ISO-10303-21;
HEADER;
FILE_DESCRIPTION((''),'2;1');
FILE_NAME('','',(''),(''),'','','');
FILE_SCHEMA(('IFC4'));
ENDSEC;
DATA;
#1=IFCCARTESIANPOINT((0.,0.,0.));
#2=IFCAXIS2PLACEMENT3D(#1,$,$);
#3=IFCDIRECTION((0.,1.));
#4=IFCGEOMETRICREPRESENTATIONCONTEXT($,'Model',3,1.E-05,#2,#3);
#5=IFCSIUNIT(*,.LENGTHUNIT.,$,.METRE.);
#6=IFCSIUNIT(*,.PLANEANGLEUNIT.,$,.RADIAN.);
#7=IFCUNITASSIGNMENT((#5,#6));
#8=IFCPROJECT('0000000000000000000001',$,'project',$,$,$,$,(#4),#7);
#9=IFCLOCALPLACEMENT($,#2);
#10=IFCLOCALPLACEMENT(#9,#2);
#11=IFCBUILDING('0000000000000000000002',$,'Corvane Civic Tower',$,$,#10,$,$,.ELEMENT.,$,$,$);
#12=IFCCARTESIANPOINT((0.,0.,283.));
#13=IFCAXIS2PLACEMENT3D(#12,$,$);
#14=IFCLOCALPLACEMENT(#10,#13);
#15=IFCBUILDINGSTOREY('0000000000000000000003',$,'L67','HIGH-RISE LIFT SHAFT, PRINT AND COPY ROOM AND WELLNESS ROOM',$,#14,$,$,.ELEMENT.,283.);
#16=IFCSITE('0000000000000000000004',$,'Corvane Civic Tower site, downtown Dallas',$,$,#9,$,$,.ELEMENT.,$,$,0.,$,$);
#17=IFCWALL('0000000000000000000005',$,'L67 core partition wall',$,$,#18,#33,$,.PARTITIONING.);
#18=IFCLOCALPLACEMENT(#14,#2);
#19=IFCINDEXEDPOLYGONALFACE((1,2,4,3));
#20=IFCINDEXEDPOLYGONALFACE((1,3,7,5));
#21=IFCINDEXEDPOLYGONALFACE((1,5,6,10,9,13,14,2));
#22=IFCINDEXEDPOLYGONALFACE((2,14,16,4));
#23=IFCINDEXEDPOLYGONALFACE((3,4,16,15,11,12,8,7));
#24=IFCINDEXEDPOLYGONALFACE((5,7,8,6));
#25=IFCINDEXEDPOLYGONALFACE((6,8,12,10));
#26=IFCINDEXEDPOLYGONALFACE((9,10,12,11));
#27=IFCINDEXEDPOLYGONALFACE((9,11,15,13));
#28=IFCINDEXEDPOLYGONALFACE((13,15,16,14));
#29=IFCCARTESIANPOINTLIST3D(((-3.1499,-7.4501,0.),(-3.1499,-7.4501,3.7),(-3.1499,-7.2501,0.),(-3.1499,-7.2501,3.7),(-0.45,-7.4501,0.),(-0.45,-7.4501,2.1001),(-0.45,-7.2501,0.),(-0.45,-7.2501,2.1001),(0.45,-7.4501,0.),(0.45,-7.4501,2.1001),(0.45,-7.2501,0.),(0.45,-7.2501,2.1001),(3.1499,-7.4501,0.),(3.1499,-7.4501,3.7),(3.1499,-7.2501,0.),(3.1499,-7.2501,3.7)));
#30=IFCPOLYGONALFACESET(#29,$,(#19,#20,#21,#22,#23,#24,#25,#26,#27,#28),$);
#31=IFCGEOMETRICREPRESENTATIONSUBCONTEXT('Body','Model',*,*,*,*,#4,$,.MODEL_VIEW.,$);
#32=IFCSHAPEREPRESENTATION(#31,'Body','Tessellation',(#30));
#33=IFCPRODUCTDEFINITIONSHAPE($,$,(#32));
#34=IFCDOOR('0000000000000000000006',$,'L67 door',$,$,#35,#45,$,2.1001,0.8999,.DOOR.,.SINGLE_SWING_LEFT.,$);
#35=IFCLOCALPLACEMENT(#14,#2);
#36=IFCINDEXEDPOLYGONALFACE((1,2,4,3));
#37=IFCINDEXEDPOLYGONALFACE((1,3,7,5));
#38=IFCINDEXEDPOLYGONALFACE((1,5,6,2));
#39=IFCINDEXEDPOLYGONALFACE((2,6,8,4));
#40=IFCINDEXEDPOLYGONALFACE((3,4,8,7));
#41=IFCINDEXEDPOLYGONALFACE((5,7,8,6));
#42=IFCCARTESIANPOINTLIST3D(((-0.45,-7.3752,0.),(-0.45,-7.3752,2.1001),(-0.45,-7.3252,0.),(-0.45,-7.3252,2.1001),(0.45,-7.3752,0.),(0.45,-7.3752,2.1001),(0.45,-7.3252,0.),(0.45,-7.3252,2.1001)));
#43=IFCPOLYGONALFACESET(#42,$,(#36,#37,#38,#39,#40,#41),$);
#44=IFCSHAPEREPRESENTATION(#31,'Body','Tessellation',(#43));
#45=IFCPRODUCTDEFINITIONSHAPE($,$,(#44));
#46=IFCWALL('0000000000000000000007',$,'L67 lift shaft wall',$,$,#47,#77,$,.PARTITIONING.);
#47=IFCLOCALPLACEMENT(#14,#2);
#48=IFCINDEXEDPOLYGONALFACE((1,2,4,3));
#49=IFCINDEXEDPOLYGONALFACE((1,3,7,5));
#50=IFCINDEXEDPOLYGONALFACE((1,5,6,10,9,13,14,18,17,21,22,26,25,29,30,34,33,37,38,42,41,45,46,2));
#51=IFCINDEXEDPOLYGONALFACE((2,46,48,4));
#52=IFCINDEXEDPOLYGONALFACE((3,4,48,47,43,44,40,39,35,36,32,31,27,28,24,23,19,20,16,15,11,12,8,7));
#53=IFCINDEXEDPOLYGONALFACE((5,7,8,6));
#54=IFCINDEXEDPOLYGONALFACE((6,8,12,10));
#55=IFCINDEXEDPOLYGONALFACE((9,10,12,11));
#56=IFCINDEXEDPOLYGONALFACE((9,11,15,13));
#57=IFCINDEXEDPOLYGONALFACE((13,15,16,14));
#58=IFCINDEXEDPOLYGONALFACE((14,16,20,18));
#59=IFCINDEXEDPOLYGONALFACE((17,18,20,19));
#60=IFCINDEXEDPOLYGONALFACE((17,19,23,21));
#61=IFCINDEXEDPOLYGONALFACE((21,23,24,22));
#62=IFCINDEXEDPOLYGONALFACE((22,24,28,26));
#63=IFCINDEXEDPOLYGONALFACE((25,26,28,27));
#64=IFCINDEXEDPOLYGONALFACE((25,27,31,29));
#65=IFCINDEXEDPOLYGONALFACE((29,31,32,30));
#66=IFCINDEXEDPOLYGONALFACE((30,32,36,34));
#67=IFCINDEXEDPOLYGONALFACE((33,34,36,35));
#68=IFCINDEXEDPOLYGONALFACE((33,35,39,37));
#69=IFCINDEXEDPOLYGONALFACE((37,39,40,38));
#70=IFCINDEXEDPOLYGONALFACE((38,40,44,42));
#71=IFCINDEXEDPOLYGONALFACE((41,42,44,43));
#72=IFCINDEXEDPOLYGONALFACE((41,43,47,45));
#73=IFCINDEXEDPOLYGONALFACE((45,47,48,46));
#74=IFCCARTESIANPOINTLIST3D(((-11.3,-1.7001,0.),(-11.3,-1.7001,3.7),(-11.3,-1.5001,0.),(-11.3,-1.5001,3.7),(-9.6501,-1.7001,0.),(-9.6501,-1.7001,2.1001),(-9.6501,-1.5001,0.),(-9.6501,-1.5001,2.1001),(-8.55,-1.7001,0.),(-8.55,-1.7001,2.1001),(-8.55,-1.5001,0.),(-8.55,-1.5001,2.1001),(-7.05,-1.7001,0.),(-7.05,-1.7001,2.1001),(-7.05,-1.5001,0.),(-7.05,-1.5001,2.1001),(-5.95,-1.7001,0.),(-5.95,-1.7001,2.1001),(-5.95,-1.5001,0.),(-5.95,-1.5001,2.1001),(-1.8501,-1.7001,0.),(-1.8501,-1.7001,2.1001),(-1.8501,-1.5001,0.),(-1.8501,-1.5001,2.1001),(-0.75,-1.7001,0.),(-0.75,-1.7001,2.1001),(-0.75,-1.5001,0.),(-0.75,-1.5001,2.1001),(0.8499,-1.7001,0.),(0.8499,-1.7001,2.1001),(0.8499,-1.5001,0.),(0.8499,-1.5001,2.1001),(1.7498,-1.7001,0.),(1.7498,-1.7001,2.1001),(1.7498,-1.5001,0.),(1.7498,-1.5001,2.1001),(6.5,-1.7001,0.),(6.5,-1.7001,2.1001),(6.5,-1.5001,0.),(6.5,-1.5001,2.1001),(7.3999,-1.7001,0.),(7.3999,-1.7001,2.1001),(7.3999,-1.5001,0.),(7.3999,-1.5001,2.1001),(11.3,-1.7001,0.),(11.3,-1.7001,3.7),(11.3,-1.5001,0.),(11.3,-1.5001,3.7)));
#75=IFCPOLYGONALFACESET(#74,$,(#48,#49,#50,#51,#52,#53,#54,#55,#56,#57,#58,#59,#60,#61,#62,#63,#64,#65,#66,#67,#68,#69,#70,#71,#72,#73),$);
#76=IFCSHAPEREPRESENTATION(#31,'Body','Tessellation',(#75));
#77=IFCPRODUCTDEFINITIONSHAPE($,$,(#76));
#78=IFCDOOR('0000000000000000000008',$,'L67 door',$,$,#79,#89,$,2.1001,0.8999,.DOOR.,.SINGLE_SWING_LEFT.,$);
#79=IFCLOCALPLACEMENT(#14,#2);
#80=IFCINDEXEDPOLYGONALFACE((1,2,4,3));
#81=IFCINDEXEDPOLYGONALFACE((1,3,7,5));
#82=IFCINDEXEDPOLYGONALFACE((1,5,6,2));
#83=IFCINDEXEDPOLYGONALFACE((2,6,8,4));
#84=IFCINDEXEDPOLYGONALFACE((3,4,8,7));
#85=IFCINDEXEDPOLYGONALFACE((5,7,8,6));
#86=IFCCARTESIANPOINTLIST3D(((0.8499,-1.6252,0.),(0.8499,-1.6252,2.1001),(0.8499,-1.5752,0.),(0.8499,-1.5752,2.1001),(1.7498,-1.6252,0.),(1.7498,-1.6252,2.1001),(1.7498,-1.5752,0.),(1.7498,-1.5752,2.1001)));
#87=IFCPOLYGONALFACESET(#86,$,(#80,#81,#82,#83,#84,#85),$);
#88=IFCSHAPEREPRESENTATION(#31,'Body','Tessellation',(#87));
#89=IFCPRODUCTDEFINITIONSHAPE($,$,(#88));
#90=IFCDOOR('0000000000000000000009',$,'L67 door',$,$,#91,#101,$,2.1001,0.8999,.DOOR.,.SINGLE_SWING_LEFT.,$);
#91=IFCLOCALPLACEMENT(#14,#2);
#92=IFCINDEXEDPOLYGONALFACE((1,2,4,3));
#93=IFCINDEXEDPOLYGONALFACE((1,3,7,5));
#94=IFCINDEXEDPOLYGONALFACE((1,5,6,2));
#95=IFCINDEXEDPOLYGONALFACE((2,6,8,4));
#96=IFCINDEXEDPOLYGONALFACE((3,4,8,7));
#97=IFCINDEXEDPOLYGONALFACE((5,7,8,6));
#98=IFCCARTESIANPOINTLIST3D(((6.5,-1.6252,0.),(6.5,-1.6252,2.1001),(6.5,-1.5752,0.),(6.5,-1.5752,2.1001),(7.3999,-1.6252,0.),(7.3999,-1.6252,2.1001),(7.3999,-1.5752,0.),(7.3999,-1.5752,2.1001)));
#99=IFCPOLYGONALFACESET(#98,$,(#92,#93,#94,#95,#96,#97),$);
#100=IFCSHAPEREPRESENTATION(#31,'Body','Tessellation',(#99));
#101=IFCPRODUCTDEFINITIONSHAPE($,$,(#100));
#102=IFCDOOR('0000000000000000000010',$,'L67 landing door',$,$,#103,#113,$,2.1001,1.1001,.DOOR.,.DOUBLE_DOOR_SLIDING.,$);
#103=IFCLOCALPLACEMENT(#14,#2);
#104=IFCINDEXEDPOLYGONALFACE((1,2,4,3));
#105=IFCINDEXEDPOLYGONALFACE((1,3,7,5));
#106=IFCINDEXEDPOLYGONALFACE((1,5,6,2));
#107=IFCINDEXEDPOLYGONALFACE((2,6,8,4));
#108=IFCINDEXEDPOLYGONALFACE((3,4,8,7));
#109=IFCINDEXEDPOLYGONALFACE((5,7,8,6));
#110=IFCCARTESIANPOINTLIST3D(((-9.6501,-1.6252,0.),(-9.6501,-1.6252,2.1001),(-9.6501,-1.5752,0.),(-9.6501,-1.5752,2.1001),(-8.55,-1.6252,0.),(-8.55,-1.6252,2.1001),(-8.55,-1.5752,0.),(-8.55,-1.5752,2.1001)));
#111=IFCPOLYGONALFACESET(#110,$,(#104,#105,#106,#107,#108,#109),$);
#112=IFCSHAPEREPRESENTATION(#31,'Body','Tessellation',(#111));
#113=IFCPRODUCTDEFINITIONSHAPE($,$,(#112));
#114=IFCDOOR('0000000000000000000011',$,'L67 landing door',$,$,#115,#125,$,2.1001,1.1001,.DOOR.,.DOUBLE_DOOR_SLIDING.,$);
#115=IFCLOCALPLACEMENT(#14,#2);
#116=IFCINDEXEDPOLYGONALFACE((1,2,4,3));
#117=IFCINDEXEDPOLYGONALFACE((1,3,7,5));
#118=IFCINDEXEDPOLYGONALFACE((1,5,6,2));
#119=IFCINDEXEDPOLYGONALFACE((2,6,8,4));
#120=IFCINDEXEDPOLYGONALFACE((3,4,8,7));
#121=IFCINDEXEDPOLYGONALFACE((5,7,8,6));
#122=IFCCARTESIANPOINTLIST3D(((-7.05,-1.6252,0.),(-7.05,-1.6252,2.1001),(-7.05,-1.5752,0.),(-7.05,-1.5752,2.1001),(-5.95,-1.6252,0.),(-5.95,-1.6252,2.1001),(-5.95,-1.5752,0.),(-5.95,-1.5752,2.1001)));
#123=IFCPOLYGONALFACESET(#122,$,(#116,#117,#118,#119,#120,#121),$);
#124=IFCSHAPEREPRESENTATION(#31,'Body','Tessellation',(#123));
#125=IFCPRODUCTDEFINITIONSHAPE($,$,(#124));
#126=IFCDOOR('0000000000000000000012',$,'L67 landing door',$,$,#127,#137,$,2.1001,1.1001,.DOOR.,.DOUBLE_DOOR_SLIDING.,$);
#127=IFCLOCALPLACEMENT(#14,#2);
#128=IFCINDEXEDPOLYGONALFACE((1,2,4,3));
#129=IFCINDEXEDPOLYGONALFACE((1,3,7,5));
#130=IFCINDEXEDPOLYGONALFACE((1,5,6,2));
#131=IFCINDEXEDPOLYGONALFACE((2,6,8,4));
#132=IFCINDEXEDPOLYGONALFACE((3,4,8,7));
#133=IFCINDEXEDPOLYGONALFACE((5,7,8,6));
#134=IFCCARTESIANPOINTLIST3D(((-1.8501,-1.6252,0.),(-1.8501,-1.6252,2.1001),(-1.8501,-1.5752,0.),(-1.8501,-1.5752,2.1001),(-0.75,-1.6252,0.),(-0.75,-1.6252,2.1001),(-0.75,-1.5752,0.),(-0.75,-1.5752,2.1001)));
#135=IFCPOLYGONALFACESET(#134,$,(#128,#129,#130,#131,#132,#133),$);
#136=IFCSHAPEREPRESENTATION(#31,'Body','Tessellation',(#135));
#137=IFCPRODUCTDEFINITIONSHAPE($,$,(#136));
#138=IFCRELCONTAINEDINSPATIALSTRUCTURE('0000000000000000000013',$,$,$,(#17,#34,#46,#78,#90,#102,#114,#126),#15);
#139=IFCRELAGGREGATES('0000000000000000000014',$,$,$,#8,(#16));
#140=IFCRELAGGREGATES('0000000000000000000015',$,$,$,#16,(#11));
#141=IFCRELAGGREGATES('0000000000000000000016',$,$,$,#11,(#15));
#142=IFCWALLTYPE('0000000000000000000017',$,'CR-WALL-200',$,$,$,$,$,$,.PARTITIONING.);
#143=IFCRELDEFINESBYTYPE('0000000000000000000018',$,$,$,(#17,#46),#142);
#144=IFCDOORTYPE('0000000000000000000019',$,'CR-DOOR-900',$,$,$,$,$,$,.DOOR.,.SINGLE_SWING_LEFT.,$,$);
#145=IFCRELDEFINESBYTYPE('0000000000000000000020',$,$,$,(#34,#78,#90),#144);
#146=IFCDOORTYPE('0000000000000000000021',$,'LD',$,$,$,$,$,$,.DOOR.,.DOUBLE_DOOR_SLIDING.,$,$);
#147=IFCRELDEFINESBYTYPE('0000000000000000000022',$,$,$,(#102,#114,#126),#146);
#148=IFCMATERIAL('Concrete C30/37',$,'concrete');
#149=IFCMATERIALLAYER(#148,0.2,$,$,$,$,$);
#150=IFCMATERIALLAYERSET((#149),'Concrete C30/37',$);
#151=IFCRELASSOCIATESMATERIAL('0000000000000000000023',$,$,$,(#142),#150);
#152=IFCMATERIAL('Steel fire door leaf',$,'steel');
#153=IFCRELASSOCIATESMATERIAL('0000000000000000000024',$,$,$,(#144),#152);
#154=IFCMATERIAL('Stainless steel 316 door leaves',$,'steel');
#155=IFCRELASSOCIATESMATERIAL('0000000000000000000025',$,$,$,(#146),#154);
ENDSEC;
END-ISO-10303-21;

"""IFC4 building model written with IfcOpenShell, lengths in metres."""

from ifc_helpers import new_model, si_unit, direction, frame, frame_2d, origin, place, context, subcontext, project, spatial, rectangle, extrude, material, layer, layer_set, type_object, element, fill, save


model = new_model("IFC4")

# Units and contexts
model_context = context("Model", 3, precision=1e-05, world=origin(), true_north=direction((0.0, 1.0)))
body_context = subcontext(model_context, "Body", "Model", "MODEL_VIEW")
ifc_project = project(units=[si_unit("LENGTHUNIT", "METRE"), si_unit("PLANEANGLEUNIT", "RADIAN")], contexts=[model_context])

# Site, building, storey
site_placement = place(None, origin())
site = spatial("IfcSite", under=ifc_project, at=site_placement, Name="Corvane Civic Tower site, downtown Dallas", CompositionType="ELEMENT", RefElevation=0.0)
building_placement = place(site_placement, origin())
building = spatial("IfcBuilding", under=site, at=building_placement, Name="Corvane Civic Tower", CompositionType="ELEMENT")
storey_placement = place(building_placement, frame((0.0, 0.0, 283.0)))
storey = spatial("IfcBuildingStorey", under=building, at=storey_placement, Name="L67", Description="HIGH-RISE LIFT SHAFT, PRINT AND COPY ROOM AND WELLNESS ROOM", CompositionType="ELEMENT", Elevation=283.0)

# Wall, opening, door
ifc_material_1 = material(Name="Concrete C30/37", Category="concrete")
ifc_layer_1 = layer(ifc_material_1, 0.2)
ifc_layer_set_1 = layer_set([ifc_layer_1], Name="Concrete C30/37")
wall_type_1 = type_object("IfcWallType", Name="CR-WALL-200", PredefinedType="PARTITIONING", material=ifc_layer_set_1)
wall_1_placement = place(storey_placement, frame((-3.1499, -7.3501, 0.0), z_axis=(0.0, 0.0, 1.0), x_axis=(1.0, 0.0, 0.0)))
wall_1 = element("IfcWall", 1, at=wall_1_placement, inside=storey, type_object=wall_type_1, Name="L67 core partition wall", PredefinedType="PARTITIONING", context=body_context, shape_type="SweptSolid", body=[
    extrude(rectangle(XDim=6.2998, YDim=0.2, at=frame_2d((3.1499, 0.0))), origin(), (0.0, 0.0, 1.0), 3.7),
])
opening_1_placement = place(wall_1_placement, frame((2.7, 0.0, 0.0)))
opening_1 = element("IfcOpeningElement", 2, at=opening_1_placement, cuts=wall_1, PredefinedType="OPENING", context=body_context, shape_type="SweptSolid", body=[
    extrude(rectangle(XDim=0.8999, YDim=2.1001, at=frame_2d((0.45, 1.05))), frame((0.0, 0.1099, 0.0), z_axis=(0.0, -1.0, 0.0), x_axis=(1.0, 0.0, 0.0)), (0.0, 0.0, 1.0), 0.22),
])
ifc_material_2 = material(Name="Steel fire door leaf", Category="steel")
door_type_1 = type_object("IfcDoorType", Name="CR-DOOR-900", OperationType="SINGLE_SWING_LEFT", PredefinedType="DOOR", material=ifc_material_2)
door_1_placement = place(opening_1_placement, origin())
door_1 = element("IfcDoor", 3, at=door_1_placement, inside=storey, type_object=door_type_1, Name="L67 door", OperationType="SINGLE_SWING_LEFT", OverallHeight=2.1001, OverallWidth=0.8999, PredefinedType="DOOR", context=body_context, shape_type="SweptSolid", body=[
    extrude(rectangle(XDim=0.8999, YDim=2.1001, at=frame_2d((0.45, 1.05))), frame((0.0, 0.0249, 0.0), z_axis=(0.0, -1.0, 0.0), x_axis=(1.0, 0.0, 0.0)), (0.0, 0.0, 1.0), 0.05),
])
fill(opening_1, door_1)

# Wall, openings, doors
wall_2_placement = place(storey_placement, frame((-11.3, -1.6001, 0.0), z_axis=(0.0, 0.0, 1.0), x_axis=(1.0, 0.0, 0.0)))
wall_2 = element("IfcWall", 4, at=wall_2_placement, inside=storey, type_object=wall_type_1, Name="L67 lift shaft wall", PredefinedType="PARTITIONING", context=body_context, shape_type="SweptSolid", body=[
    extrude(rectangle(XDim=22.6001, YDim=0.2, at=frame_2d((11.3, 0.0))), origin(), (0.0, 0.0, 1.0), 3.7),
])
opening_2_placement = place(wall_2_placement, frame((1.6499, 0.0, 0.0)))
opening_2 = element("IfcOpeningElement", 5, at=opening_2_placement, cuts=wall_2, PredefinedType="OPENING", context=body_context, shape_type="SweptSolid", body=[
    extrude(rectangle(XDim=1.1001, YDim=2.1001, at=frame_2d((0.55, 1.05))), frame((0.0, 0.1099, 0.0), z_axis=(0.0, -1.0, 0.0), x_axis=(1.0, 0.0, 0.0)), (0.0, 0.0, 1.0), 0.22),
])
opening_3_placement = place(wall_2_placement, frame((4.25, 0.0, 0.0)))
opening_3 = element("IfcOpeningElement", 6, at=opening_3_placement, cuts=wall_2, PredefinedType="OPENING", context=body_context, shape_type="SweptSolid", body=[
    extrude(rectangle(XDim=1.1001, YDim=2.1001, at=frame_2d((0.55, 1.05))), frame((0.0, 0.1099, 0.0), z_axis=(0.0, -1.0, 0.0), x_axis=(1.0, 0.0, 0.0)), (0.0, 0.0, 1.0), 0.22),
])
opening_4_placement = place(wall_2_placement, frame((9.45, 0.0, 0.0)))
opening_4 = element("IfcOpeningElement", 7, at=opening_4_placement, cuts=wall_2, PredefinedType="OPENING", context=body_context, shape_type="SweptSolid", body=[
    extrude(rectangle(XDim=1.1001, YDim=2.1001, at=frame_2d((0.55, 1.05))), frame((0.0, 0.1099, 0.0), z_axis=(0.0, -1.0, 0.0), x_axis=(1.0, 0.0, 0.0)), (0.0, 0.0, 1.0), 0.22),
])
opening_5_placement = place(wall_2_placement, frame((12.1499, 0.0, 0.0)))
opening_5 = element("IfcOpeningElement", 8, at=opening_5_placement, cuts=wall_2, PredefinedType="OPENING", context=body_context, shape_type="SweptSolid", body=[
    extrude(rectangle(XDim=0.8999, YDim=2.1001, at=frame_2d((0.45, 1.05))), frame((0.0, 0.1099, 0.0), z_axis=(0.0, -1.0, 0.0), x_axis=(1.0, 0.0, 0.0)), (0.0, 0.0, 1.0), 0.22),
])
opening_6_placement = place(wall_2_placement, frame((17.8, 0.0, 0.0)))
opening_6 = element("IfcOpeningElement", 9, at=opening_6_placement, cuts=wall_2, PredefinedType="OPENING", context=body_context, shape_type="SweptSolid", body=[
    extrude(rectangle(XDim=0.8999, YDim=2.1001, at=frame_2d((0.45, 1.05))), frame((0.0, 0.1099, 0.0), z_axis=(0.0, -1.0, 0.0), x_axis=(1.0, 0.0, 0.0)), (0.0, 0.0, 1.0), 0.22),
])
door_2_placement = place(opening_5_placement, origin())
door_2 = element("IfcDoor", 10, at=door_2_placement, inside=storey, type_object=door_type_1, Name="L67 door", OperationType="SINGLE_SWING_LEFT", OverallHeight=2.1001, OverallWidth=0.8999, PredefinedType="DOOR", context=body_context, shape_type="SweptSolid", body=[
    extrude(rectangle(XDim=0.8999, YDim=2.1001, at=frame_2d((0.45, 1.05))), frame((0.0, 0.0249, 0.0), z_axis=(0.0, -1.0, 0.0), x_axis=(1.0, 0.0, 0.0)), (0.0, 0.0, 1.0), 0.05),
])
fill(opening_5, door_2)
door_3_placement = place(opening_6_placement, origin())
door_3 = element("IfcDoor", 11, at=door_3_placement, inside=storey, type_object=door_type_1, Name="L67 door", OperationType="SINGLE_SWING_LEFT", OverallHeight=2.1001, OverallWidth=0.8999, PredefinedType="DOOR", context=body_context, shape_type="SweptSolid", body=[
    extrude(rectangle(XDim=0.8999, YDim=2.1001, at=frame_2d((0.45, 1.05))), frame((0.0, 0.0249, 0.0), z_axis=(0.0, -1.0, 0.0), x_axis=(1.0, 0.0, 0.0)), (0.0, 0.0, 1.0), 0.05),
])
fill(opening_6, door_3)
ifc_material_3 = material(Name="Stainless steel 316 door leaves", Category="steel")
door_type_2 = type_object("IfcDoorType", Name="LD", OperationType="DOUBLE_DOOR_SLIDING", PredefinedType="DOOR", material=ifc_material_3)
door_4_placement = place(opening_2_placement, origin())
door_4 = element("IfcDoor", 12, at=door_4_placement, inside=storey, type_object=door_type_2, Name="L67 landing door", OperationType="DOUBLE_DOOR_SLIDING", OverallHeight=2.1001, OverallWidth=1.1001, PredefinedType="DOOR", context=body_context, shape_type="SweptSolid", body=[
    extrude(rectangle(XDim=1.1001, YDim=2.1001, at=frame_2d((0.55, 1.05))), frame((0.0, 0.0249, 0.0), z_axis=(0.0, -1.0, 0.0), x_axis=(1.0, 0.0, 0.0)), (0.0, 0.0, 1.0), 0.05),
])
fill(opening_2, door_4)
door_5_placement = place(opening_3_placement, origin())
door_5 = element("IfcDoor", 13, at=door_5_placement, inside=storey, type_object=door_type_2, Name="L67 landing door", OperationType="DOUBLE_DOOR_SLIDING", OverallHeight=2.1001, OverallWidth=1.1001, PredefinedType="DOOR", context=body_context, shape_type="SweptSolid", body=[
    extrude(rectangle(XDim=1.1001, YDim=2.1001, at=frame_2d((0.55, 1.05))), frame((0.0, 0.0249, 0.0), z_axis=(0.0, -1.0, 0.0), x_axis=(1.0, 0.0, 0.0)), (0.0, 0.0, 1.0), 0.05),
])
fill(opening_3, door_5)
door_6_placement = place(opening_4_placement, origin())
door_6 = element("IfcDoor", 14, at=door_6_placement, inside=storey, type_object=door_type_2, Name="L67 landing door", OperationType="DOUBLE_DOOR_SLIDING", OverallHeight=2.1001, OverallWidth=1.1001, PredefinedType="DOOR", context=body_context, shape_type="SweptSolid", body=[
    extrude(rectangle(XDim=1.1001, YDim=2.1001, at=frame_2d((0.55, 1.05))), frame((0.0, 0.0249, 0.0), z_axis=(0.0, -1.0, 0.0), x_axis=(1.0, 0.0, 0.0)), (0.0, 0.0, 1.0), 0.05),
])
fill(opening_4, door_6)

save(model, "model.ifc")
